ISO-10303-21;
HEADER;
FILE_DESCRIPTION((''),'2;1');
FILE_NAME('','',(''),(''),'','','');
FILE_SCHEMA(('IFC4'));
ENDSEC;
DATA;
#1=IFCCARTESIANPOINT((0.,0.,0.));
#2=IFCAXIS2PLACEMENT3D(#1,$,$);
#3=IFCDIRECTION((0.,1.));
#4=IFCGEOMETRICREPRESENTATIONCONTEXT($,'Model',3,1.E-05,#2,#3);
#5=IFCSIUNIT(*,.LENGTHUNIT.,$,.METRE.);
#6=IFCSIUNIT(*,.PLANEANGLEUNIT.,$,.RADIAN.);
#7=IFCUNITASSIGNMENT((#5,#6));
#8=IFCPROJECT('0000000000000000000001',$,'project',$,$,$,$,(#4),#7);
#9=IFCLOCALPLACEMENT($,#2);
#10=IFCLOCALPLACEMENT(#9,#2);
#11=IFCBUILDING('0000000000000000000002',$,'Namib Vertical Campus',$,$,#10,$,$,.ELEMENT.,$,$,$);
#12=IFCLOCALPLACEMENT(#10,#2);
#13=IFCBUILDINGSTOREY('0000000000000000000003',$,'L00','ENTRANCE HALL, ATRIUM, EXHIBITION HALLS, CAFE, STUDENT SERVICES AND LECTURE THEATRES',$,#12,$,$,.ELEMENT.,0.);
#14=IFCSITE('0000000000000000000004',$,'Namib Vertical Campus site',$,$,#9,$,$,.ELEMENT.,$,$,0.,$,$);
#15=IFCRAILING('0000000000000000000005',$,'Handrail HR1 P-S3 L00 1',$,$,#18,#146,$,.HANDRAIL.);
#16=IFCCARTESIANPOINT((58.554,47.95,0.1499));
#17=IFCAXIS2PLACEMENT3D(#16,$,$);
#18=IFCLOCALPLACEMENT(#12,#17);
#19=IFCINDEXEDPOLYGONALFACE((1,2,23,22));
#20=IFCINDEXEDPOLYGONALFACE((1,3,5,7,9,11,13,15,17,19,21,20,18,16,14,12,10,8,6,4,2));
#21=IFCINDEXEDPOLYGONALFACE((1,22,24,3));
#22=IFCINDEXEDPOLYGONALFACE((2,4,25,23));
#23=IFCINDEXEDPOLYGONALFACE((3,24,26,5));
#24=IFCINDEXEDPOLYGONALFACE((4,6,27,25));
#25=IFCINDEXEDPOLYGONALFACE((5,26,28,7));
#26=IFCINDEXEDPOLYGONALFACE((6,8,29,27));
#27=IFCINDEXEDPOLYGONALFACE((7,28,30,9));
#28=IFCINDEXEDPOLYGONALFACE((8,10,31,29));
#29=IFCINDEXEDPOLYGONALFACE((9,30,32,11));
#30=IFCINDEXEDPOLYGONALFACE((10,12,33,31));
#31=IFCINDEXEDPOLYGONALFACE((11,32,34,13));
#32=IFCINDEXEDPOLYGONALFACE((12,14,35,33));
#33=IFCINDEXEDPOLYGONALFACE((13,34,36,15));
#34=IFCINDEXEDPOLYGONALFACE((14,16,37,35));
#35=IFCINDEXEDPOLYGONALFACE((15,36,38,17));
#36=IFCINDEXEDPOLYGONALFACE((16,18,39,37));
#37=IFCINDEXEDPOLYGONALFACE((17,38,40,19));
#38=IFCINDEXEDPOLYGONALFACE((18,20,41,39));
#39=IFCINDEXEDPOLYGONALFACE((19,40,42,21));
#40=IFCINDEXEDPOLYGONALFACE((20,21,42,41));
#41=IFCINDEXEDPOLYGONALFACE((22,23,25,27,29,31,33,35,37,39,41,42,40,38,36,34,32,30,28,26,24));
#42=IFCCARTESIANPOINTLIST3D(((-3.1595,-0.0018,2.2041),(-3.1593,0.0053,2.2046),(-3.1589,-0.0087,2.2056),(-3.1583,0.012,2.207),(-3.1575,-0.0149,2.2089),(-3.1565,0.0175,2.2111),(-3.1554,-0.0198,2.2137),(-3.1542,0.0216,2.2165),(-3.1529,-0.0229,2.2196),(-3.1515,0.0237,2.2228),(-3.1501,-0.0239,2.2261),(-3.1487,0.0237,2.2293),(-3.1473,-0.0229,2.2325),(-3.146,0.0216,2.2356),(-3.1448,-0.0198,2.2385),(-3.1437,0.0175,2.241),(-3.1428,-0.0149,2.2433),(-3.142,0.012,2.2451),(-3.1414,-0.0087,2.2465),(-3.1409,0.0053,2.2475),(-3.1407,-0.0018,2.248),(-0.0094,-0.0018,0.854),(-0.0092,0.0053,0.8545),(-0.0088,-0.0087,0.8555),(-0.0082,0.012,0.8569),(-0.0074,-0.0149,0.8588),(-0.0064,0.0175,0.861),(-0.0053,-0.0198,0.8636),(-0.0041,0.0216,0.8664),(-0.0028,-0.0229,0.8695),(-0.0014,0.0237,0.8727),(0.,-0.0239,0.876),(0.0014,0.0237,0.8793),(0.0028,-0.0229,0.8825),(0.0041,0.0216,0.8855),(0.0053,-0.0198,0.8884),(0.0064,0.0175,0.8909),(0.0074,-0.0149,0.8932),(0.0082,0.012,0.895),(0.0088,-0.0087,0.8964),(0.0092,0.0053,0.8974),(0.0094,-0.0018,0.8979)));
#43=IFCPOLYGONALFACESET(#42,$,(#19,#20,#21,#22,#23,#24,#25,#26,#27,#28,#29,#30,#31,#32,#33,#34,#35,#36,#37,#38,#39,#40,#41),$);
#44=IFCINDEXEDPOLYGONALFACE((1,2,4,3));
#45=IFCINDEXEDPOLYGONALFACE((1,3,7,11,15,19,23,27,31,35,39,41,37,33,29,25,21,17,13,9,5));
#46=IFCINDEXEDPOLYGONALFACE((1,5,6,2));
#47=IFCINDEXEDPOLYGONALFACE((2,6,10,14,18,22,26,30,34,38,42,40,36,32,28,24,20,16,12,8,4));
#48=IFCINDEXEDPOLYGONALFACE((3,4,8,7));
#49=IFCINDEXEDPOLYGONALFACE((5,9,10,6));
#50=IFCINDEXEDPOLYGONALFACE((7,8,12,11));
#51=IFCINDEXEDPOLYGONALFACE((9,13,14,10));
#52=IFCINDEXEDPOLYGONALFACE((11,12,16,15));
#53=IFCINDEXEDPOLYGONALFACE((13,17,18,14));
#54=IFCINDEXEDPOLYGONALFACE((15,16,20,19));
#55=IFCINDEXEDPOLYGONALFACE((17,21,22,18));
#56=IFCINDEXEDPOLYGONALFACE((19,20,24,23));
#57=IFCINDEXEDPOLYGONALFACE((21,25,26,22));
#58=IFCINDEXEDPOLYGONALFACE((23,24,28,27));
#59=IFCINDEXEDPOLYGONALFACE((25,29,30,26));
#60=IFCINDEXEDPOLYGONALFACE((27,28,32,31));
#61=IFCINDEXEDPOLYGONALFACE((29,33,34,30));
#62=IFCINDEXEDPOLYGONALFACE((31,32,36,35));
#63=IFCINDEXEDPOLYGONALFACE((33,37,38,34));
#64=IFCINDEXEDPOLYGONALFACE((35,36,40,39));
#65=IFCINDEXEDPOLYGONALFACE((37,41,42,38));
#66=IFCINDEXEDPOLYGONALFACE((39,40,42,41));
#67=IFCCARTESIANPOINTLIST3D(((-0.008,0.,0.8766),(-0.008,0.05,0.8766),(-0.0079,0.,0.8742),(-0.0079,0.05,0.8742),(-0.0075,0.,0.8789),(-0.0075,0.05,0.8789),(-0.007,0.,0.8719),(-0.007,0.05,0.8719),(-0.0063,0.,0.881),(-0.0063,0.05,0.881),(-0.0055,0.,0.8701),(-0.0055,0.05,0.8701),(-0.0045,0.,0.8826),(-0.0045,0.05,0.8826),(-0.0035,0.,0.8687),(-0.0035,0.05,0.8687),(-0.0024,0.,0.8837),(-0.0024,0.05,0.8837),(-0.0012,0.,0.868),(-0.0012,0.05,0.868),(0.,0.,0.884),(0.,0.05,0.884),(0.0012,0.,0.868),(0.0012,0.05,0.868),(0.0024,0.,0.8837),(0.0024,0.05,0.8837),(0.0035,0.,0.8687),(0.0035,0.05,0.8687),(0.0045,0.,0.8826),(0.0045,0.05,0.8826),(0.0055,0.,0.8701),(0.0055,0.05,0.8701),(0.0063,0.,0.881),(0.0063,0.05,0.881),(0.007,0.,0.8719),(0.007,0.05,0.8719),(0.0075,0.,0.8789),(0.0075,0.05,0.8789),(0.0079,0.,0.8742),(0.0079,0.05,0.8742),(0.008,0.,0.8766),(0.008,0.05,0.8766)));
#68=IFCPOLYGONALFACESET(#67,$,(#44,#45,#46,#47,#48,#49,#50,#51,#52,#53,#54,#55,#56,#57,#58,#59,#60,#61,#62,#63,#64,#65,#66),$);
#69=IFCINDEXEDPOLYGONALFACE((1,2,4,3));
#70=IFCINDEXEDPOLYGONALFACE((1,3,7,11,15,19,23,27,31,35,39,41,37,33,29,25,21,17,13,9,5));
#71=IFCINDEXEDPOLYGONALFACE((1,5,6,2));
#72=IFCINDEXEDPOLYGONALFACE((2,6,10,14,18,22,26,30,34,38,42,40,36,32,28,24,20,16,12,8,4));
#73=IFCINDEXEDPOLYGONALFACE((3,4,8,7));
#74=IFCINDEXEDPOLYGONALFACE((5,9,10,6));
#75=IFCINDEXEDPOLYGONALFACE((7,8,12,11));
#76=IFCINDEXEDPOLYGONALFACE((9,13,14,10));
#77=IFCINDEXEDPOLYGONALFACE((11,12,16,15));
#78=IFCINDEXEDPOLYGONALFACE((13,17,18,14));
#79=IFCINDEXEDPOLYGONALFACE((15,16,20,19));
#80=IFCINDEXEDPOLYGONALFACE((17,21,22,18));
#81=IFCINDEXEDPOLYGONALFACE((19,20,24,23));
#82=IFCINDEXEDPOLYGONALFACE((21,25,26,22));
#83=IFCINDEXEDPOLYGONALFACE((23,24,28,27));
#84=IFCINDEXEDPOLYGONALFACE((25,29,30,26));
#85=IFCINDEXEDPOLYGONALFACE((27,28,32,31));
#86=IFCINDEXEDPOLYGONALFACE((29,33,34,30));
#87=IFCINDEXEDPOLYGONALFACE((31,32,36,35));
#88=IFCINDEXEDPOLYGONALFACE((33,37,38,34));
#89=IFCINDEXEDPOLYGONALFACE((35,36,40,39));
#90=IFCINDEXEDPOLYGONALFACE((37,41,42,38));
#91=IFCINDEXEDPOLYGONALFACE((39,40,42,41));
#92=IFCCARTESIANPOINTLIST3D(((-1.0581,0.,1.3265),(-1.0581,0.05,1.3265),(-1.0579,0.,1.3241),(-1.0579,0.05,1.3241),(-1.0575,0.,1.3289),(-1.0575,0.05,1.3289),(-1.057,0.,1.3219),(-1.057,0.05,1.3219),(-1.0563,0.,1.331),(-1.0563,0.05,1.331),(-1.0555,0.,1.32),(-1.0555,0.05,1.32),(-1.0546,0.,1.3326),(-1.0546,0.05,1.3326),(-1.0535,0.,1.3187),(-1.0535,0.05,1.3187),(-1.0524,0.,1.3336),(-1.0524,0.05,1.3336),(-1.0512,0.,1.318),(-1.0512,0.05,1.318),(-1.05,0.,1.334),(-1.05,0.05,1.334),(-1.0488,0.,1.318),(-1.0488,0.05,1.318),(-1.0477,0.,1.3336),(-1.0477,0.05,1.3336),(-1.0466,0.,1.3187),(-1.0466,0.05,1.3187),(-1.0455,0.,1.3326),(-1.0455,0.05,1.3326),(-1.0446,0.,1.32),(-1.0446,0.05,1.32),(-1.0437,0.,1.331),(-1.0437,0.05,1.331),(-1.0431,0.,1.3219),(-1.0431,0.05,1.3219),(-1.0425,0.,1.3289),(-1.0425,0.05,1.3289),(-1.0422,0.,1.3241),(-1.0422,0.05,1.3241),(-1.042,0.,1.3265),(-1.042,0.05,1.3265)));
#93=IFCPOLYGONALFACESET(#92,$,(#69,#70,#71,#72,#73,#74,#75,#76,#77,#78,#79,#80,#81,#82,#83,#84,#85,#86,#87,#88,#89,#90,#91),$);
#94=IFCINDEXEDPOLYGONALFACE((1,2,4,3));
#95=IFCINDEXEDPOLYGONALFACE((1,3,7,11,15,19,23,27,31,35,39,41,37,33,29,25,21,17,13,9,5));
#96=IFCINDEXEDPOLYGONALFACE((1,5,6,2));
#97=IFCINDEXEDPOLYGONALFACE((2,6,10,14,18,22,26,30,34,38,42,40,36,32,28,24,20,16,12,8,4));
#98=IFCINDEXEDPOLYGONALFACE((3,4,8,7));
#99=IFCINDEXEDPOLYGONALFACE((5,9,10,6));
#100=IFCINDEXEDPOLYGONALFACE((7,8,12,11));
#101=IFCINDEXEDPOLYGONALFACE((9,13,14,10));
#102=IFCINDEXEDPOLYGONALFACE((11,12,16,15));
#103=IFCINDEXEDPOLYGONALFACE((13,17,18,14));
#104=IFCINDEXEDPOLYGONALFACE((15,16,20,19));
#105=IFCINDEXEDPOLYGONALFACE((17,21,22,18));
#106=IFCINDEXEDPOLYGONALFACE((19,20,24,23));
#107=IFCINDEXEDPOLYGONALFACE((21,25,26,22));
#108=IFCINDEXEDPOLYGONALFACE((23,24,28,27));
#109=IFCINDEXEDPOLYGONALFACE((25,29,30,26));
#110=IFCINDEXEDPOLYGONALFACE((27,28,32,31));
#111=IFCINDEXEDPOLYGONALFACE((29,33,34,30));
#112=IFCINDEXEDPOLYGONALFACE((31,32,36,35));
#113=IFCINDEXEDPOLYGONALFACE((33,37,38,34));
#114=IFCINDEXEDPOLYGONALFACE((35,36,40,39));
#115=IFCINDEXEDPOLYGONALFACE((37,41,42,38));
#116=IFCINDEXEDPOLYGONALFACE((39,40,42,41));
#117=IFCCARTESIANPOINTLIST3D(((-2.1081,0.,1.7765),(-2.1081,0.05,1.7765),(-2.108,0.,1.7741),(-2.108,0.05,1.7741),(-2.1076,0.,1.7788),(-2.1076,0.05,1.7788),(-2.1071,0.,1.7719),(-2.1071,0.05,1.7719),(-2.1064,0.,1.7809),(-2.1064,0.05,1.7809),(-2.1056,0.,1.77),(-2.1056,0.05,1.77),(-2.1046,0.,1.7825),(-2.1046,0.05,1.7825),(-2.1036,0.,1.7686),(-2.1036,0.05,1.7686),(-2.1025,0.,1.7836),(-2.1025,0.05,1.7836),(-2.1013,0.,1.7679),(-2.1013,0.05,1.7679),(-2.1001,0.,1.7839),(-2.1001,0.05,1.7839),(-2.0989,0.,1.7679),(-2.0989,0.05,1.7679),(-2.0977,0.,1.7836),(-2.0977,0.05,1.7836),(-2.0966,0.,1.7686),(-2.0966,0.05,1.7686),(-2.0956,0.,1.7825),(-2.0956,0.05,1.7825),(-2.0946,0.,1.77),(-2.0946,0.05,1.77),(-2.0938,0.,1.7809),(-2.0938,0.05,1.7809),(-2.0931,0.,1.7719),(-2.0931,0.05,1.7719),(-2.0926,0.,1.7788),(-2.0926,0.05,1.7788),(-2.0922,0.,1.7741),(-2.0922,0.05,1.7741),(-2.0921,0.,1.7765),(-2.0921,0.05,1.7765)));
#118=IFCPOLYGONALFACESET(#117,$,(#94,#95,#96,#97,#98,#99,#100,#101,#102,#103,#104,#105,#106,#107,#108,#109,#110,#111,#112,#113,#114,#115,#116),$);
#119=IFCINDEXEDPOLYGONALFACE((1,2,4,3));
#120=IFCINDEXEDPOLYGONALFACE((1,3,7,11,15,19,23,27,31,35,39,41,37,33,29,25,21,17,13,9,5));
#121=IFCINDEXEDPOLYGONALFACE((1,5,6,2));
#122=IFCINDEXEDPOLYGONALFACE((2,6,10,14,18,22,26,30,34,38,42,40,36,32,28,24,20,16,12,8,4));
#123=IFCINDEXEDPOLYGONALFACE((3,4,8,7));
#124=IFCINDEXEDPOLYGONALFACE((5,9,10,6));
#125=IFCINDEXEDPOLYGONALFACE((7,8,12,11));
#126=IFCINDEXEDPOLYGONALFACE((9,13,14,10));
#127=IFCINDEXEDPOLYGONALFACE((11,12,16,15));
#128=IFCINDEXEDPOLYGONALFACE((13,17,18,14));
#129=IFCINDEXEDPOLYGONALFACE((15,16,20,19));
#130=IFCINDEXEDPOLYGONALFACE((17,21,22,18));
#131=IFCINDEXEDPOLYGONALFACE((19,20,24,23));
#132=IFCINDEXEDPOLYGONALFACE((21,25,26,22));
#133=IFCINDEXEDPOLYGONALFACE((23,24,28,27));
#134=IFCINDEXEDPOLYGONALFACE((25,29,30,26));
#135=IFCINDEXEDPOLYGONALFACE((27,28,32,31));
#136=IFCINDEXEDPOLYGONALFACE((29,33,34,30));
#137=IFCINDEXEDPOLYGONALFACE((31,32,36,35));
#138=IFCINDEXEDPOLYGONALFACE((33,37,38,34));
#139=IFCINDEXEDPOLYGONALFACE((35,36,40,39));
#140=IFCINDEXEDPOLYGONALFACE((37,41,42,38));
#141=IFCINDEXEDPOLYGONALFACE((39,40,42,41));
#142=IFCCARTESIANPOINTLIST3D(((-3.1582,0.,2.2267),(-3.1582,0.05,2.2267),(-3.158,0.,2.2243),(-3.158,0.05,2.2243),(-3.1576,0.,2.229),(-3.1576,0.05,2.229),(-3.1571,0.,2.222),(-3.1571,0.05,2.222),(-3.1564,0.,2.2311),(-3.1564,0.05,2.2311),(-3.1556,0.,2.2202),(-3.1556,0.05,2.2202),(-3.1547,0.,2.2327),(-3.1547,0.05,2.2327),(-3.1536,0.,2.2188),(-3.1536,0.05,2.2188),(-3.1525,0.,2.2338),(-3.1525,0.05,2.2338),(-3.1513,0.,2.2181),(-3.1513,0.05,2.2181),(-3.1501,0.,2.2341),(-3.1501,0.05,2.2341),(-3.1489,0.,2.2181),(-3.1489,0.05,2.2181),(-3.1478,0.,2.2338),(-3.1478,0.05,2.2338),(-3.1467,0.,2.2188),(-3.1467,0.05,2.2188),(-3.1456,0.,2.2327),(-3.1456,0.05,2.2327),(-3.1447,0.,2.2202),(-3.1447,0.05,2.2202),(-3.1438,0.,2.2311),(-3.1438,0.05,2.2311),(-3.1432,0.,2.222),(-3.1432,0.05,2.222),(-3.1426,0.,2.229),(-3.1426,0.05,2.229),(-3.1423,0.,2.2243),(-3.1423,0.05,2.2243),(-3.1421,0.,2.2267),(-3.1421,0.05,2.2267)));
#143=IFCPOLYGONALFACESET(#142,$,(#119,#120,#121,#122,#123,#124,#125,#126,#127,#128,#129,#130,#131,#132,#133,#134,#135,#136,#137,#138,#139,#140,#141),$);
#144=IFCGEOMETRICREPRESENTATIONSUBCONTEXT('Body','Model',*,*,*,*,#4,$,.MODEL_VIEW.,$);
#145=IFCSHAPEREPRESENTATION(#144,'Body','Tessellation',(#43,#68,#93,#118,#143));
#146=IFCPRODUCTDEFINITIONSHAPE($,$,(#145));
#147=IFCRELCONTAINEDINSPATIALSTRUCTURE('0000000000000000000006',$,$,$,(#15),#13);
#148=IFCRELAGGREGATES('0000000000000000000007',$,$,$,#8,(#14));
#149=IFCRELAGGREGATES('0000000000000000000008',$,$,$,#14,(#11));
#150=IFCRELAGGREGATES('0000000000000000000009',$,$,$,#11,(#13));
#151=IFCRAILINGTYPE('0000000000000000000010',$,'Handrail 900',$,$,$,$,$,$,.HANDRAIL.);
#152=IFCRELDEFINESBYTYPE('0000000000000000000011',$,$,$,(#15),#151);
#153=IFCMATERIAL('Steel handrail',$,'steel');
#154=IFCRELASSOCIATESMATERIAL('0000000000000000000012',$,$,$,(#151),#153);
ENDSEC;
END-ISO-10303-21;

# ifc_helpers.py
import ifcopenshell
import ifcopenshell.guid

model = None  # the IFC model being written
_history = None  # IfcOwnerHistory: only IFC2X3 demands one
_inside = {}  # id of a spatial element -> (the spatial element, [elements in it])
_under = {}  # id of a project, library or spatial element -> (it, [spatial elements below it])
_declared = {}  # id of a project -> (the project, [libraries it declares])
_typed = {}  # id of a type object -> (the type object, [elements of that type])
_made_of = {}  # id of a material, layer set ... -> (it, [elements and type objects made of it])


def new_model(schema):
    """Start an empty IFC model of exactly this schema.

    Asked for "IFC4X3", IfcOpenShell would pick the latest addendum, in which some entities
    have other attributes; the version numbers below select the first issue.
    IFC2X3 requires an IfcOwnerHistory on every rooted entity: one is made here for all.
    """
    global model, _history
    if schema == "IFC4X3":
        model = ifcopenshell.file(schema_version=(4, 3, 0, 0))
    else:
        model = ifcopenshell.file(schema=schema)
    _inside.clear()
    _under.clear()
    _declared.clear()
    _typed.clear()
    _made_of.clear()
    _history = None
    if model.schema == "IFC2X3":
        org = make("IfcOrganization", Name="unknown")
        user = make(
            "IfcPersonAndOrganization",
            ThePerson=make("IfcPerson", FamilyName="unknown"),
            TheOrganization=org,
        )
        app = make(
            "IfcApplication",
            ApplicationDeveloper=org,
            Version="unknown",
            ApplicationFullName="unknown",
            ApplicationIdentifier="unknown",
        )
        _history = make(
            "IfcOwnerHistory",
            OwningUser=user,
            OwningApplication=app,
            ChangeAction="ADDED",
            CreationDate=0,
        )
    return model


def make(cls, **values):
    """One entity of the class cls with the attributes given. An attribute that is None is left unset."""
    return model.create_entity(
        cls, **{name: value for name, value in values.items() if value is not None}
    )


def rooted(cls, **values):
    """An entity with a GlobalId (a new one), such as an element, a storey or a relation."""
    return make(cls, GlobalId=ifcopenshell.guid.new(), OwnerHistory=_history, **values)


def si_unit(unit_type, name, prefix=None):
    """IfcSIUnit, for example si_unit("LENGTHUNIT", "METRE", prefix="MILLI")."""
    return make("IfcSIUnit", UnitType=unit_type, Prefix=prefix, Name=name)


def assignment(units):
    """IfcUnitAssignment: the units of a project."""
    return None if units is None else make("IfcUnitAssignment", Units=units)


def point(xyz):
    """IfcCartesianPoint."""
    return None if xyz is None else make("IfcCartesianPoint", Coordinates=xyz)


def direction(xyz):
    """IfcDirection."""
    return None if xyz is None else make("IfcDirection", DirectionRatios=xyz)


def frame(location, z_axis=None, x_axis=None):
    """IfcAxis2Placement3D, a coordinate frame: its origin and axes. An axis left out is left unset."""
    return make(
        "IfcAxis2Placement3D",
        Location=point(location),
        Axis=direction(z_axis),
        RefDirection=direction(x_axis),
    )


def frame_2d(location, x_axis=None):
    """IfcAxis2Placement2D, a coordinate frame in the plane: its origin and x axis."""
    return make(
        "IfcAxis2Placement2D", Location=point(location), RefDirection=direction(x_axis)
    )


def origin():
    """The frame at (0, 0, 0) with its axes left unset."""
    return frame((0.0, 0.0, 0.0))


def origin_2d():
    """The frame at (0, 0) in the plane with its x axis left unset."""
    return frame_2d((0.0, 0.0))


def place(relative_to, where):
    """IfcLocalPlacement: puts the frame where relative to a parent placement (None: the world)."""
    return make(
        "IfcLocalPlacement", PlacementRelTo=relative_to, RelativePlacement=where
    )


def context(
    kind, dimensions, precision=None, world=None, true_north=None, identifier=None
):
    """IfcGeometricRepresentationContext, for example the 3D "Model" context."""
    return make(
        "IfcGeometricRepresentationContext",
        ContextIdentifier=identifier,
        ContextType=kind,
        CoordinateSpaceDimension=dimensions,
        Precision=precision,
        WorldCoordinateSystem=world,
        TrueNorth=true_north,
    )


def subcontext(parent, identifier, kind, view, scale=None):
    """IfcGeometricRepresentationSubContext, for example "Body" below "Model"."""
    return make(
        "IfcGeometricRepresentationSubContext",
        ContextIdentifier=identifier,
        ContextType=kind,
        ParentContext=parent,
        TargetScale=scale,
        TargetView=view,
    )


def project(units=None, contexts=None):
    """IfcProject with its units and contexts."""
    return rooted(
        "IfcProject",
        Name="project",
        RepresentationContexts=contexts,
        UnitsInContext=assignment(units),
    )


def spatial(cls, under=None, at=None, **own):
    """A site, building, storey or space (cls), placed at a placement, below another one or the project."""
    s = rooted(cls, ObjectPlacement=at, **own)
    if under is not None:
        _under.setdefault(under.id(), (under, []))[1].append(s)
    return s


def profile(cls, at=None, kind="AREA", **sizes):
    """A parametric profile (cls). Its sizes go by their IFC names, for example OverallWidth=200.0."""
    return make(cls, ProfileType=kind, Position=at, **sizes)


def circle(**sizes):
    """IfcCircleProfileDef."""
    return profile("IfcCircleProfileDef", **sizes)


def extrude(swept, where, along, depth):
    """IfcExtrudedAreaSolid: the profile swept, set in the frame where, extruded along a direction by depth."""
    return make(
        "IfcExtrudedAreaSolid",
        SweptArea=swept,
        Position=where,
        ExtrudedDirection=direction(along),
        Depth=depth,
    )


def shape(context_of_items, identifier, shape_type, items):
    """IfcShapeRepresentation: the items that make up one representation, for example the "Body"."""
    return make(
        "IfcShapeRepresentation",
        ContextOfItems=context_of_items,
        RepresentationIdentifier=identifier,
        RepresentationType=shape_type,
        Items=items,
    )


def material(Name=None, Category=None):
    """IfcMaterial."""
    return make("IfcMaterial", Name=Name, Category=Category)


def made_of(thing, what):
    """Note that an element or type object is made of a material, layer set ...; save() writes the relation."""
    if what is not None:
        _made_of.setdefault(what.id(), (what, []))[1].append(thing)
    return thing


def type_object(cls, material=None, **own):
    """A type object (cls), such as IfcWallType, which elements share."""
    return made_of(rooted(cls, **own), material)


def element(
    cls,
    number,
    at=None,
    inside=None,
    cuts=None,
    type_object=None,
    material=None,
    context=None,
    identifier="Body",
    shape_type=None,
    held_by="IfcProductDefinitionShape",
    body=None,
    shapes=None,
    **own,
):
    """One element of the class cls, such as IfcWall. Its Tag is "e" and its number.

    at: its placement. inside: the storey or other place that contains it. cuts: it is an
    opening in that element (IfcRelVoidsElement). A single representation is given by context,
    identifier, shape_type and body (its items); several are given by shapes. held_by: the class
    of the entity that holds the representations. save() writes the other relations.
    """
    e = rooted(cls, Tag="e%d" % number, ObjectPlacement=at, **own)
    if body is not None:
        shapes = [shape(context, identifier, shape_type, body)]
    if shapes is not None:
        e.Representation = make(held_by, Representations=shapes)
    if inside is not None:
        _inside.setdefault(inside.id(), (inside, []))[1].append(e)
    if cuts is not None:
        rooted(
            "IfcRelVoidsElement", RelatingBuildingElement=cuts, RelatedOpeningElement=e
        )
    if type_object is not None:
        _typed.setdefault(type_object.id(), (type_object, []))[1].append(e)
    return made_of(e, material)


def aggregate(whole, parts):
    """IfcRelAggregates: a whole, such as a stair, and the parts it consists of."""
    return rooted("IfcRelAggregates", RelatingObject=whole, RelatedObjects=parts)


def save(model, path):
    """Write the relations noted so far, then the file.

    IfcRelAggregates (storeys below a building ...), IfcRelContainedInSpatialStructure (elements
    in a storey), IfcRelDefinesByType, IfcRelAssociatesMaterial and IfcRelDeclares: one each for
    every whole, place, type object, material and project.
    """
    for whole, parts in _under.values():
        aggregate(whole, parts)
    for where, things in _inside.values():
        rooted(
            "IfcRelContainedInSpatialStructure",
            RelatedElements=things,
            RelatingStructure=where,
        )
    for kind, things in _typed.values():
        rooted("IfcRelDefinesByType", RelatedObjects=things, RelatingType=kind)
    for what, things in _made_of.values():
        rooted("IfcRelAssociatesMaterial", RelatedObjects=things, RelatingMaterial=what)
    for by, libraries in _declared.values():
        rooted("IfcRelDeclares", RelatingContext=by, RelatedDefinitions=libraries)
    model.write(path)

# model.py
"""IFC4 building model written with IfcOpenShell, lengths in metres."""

from ifc_helpers import new_model, si_unit, direction, frame, origin, origin_2d, place, context, subcontext, project, spatial, circle, extrude, material, type_object, element, save


model = new_model("IFC4")

# Units and contexts
model_context = context("Model", 3, precision=1e-05, world=origin(), true_north=direction((0.0, 1.0)))
body_context = subcontext(model_context, "Body", "Model", "MODEL_VIEW")
ifc_project = project(units=[si_unit("LENGTHUNIT", "METRE"), si_unit("PLANEANGLEUNIT", "RADIAN")], contexts=[model_context])

# Site, building, storey
site_placement = place(None, origin())
site = spatial("IfcSite", under=ifc_project, at=site_placement, Name="Namib Vertical Campus site", CompositionType="ELEMENT", RefElevation=0.0)
building_placement = place(site_placement, origin())
building = spatial("IfcBuilding", under=site, at=building_placement, Name="Namib Vertical Campus", CompositionType="ELEMENT")
storey_placement = place(building_placement, origin())
storey = spatial("IfcBuildingStorey", under=building, at=storey_placement, Name="L00", Description="ENTRANCE HALL, ATRIUM, EXHIBITION HALLS, CAFE, STUDENT SERVICES AND LECTURE THEATRES", CompositionType="ELEMENT", Elevation=0.0)

# Railing
ifc_material_1 = material(Name="Steel handrail", Category="steel")
railing_type_1 = type_object("IfcRailingType", Name="Handrail 900", PredefinedType="HANDRAIL", material=ifc_material_1)
for number, where, name in (
    (1, (58.554, 47.95, 0.1499), "Handrail HR1 P-S3 L00 1"),
):
    element("IfcRailing", number, at=place(storey_placement, frame(where)), inside=storey, type_object=railing_type_1, Name=name, PredefinedType="HANDRAIL", context=body_context, shape_type="SweptSolid", body=[
        extrude(circle(Radius=0.0239, at=origin_2d()), frame((0.0, 0.0, 0.876), z_axis=(-0.919141, 0.0, 0.393928), x_axis=(0.0, -1.0, 0.0)), (0.0, 0.0, 1.0), 3.4272),
        extrude(circle(Radius=0.0081, at=origin_2d()), frame((0.0, 0.0, 0.876), z_axis=(0.0, 1.0, 0.0), x_axis=(0.0, 0.0, 1.0)), (0.0, 0.0, 1.0), 0.05),
        extrude(circle(Radius=0.0081, at=origin_2d()), frame((-1.05, 0.0, 1.3259), z_axis=(0.0, 1.0, 0.0), x_axis=(0.0, 0.0, 1.0)), (0.0, 0.0, 1.0), 0.05),
        extrude(circle(Radius=0.0081, at=origin_2d()), frame((-2.1001, 0.0, 1.7759), z_axis=(0.0, 1.0, 0.0), x_axis=(0.0, 0.0, 1.0)), (0.0, 0.0, 1.0), 0.05),
        extrude(circle(Radius=0.0081, at=origin_2d()), frame((-3.1501, 0.0, 2.2261), z_axis=(0.0, 1.0, 0.0), x_axis=(0.0, 0.0, 1.0)), (0.0, 0.0, 1.0), 0.05),
    ])

save(model, "model.ifc")
